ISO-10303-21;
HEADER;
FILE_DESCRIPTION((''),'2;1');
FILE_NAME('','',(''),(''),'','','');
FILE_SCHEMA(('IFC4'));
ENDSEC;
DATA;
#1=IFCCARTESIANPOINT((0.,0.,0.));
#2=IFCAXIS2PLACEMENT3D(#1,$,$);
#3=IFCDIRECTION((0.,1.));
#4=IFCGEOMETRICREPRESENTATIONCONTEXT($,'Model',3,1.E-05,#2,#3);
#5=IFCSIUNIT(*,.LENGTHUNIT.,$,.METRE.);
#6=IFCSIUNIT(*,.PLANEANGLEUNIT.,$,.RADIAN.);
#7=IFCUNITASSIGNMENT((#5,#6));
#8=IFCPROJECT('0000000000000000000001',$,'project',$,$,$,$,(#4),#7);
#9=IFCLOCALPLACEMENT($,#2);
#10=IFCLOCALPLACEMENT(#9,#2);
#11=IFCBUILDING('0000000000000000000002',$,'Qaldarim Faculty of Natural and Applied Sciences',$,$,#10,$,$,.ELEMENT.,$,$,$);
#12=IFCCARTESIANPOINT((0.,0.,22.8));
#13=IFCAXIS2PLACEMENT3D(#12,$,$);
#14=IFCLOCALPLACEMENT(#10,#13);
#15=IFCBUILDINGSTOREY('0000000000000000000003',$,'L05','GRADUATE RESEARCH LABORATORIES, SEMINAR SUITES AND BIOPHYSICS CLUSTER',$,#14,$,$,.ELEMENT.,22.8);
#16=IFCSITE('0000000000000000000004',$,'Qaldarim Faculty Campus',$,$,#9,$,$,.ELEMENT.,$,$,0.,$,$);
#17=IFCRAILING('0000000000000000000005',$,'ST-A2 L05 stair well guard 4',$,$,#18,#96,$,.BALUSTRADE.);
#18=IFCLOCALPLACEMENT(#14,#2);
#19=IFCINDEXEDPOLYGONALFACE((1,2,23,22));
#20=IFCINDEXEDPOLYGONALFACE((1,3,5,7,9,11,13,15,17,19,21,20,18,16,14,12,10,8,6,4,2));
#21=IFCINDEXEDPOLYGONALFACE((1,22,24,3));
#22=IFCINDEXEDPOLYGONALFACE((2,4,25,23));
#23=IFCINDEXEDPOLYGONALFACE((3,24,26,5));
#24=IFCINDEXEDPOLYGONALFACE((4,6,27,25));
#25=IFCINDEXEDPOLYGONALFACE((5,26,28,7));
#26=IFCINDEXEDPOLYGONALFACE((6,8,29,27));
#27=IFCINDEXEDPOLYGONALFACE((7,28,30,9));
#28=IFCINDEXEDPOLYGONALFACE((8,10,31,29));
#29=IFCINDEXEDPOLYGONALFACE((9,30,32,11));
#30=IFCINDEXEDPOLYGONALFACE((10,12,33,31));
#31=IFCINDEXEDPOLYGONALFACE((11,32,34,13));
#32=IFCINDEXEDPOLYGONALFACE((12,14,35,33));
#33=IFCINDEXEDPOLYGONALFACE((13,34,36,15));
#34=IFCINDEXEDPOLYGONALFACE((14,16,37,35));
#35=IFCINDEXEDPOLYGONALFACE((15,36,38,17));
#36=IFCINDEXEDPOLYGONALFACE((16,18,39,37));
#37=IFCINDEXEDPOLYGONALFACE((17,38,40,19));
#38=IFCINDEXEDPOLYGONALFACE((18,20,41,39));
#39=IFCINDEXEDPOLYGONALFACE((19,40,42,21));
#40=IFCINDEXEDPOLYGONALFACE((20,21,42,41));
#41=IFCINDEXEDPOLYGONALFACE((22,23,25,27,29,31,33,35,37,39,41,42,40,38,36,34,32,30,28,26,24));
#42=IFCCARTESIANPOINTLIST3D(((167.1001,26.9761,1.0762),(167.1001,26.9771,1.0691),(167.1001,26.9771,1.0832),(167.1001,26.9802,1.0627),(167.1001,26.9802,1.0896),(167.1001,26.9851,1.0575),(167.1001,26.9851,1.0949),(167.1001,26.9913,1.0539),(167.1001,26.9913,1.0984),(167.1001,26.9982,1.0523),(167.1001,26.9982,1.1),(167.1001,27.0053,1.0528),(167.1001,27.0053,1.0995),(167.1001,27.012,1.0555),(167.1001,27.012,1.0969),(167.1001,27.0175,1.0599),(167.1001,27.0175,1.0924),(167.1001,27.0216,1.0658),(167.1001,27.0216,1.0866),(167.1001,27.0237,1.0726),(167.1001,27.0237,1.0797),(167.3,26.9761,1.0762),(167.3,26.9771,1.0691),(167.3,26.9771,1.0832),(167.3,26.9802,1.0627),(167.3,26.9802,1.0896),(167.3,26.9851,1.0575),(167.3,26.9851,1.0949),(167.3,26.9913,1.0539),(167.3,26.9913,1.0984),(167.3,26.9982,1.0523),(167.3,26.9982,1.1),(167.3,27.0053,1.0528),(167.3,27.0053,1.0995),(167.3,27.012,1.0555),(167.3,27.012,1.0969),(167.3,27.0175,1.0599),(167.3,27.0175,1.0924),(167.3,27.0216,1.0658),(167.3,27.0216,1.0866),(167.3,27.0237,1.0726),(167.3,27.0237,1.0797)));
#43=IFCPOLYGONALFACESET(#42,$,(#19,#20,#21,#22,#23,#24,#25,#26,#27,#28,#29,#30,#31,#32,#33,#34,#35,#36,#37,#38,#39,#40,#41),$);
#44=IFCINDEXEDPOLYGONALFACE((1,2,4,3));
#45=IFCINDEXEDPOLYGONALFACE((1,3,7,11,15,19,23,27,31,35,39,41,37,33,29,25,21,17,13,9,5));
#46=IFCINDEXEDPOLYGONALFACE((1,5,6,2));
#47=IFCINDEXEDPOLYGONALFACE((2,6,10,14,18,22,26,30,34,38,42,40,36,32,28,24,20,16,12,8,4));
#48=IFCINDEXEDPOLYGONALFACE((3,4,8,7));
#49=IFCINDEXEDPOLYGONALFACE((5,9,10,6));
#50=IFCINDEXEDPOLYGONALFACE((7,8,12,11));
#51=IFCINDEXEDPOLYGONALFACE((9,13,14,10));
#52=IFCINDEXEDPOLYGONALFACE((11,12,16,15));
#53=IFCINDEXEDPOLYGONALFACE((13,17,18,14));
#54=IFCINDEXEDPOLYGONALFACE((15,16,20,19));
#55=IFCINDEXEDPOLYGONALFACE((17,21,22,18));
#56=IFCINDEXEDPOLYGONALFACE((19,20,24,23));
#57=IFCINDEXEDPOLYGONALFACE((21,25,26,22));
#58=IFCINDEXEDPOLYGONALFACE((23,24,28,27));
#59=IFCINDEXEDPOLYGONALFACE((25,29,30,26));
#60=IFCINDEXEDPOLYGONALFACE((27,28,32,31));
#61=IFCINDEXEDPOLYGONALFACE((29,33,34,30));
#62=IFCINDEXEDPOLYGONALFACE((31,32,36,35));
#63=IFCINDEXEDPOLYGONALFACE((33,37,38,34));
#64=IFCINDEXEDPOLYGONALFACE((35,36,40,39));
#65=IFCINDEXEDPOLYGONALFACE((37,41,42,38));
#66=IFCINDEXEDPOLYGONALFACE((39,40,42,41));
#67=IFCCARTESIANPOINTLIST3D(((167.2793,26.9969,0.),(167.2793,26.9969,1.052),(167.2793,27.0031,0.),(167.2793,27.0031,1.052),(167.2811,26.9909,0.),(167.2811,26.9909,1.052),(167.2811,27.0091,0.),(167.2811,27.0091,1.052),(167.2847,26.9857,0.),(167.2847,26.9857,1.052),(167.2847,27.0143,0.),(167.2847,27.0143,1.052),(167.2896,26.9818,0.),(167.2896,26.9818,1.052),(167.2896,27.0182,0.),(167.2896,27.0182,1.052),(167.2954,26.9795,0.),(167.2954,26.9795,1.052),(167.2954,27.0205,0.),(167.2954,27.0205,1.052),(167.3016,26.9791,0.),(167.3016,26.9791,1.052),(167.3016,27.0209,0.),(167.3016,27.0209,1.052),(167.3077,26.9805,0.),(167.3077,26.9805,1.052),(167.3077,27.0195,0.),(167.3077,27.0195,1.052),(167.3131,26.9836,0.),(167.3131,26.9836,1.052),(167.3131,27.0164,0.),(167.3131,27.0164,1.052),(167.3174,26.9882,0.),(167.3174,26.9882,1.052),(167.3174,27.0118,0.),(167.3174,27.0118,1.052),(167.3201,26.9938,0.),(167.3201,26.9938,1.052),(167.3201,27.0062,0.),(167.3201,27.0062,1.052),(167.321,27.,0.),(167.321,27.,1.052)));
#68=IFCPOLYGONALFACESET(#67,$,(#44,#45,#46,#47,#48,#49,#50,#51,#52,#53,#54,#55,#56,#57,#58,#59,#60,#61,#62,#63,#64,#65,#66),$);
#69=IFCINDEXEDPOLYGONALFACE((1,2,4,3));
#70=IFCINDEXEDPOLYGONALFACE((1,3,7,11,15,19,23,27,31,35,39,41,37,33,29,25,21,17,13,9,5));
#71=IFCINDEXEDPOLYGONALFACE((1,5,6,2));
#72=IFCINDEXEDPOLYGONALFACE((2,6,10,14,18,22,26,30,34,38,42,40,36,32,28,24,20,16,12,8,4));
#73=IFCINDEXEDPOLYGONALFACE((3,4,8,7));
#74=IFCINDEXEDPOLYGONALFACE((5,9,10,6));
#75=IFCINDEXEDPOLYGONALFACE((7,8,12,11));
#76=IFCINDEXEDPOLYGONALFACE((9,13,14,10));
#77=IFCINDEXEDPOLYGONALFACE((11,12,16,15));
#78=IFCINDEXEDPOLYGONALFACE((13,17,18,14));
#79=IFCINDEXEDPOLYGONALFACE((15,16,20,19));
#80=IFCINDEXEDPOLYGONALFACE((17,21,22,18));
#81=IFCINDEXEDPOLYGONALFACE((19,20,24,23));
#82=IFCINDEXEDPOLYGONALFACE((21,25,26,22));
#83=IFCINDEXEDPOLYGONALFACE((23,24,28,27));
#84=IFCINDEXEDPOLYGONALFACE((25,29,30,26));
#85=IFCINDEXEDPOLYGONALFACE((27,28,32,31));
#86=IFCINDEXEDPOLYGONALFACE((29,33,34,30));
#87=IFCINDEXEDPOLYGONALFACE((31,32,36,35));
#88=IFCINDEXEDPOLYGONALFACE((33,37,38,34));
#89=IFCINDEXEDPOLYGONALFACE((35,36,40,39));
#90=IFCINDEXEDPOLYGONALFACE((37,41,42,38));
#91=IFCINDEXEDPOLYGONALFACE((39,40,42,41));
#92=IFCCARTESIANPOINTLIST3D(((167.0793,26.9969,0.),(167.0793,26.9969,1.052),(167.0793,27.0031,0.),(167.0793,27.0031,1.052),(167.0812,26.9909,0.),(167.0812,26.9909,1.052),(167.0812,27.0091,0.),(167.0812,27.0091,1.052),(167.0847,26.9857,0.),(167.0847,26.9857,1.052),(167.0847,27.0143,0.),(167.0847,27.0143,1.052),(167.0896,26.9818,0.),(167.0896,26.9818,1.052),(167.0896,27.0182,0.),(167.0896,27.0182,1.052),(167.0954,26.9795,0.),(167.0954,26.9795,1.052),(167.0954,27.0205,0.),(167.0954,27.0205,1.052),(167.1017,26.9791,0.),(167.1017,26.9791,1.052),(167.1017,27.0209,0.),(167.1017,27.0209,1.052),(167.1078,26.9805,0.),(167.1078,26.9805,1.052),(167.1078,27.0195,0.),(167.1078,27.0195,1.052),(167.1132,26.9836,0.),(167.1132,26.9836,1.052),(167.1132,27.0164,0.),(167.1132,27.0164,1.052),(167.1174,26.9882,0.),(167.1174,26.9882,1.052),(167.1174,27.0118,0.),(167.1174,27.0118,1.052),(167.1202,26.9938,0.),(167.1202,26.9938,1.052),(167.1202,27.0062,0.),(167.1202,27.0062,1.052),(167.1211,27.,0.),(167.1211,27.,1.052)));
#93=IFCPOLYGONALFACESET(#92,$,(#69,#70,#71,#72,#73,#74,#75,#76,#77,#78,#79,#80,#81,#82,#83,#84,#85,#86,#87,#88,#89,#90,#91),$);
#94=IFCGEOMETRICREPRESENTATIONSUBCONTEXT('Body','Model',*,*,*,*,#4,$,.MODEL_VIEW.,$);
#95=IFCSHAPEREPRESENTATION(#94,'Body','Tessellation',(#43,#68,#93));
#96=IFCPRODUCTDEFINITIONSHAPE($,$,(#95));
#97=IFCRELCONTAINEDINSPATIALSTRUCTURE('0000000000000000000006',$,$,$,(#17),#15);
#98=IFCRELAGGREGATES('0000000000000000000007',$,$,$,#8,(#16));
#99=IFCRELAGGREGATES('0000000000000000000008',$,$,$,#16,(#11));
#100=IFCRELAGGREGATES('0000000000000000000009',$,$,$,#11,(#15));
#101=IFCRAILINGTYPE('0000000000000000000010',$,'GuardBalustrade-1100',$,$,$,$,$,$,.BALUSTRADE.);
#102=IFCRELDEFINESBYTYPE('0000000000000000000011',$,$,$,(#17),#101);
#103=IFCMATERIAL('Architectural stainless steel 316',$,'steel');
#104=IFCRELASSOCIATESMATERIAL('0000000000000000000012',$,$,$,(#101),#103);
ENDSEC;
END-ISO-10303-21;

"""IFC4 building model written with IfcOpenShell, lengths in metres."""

from ifc_helpers import new_model, si_unit, direction, frame, origin, origin_2d, place, context, subcontext, project, spatial, circle, extrude, material, type_object, element, save


model = new_model("IFC4")

# Units and contexts
model_context = context("Model", 3, precision=1e-05, world=origin(), true_north=direction((0.0, 1.0)))
body_context = subcontext(model_context, "Body", "Model", "MODEL_VIEW")
ifc_project = project(units=[si_unit("LENGTHUNIT", "METRE"), si_unit("PLANEANGLEUNIT", "RADIAN")], contexts=[model_context])

# Site, building, storey
site_placement = place(None, origin())
site = spatial("IfcSite", under=ifc_project, at=site_placement, Name="Qaldarim Faculty Campus", CompositionType="ELEMENT", RefElevation=0.0)
building_placement = place(site_placement, origin())
building = spatial("IfcBuilding", under=site, at=building_placement, Name="Qaldarim Faculty of Natural and Applied Sciences", CompositionType="ELEMENT")
storey_placement = place(building_placement, frame((0.0, 0.0, 22.8)))
storey = spatial("IfcBuildingStorey", under=building, at=storey_placement, Name="L05", Description="GRADUATE RESEARCH LABORATORIES, SEMINAR SUITES AND BIOPHYSICS CLUSTER", CompositionType="ELEMENT", Elevation=22.8)

# Shared definitions
ifc_material_1 = material(Name="Architectural stainless steel 316", Category="steel")

# Railing
railing_type_1 = type_object("IfcRailingType", Name="GuardBalustrade-1100", PredefinedType="BALUSTRADE", material=ifc_material_1)
railing_1_placement = place(storey_placement, frame((167.3, 27.0, 0.0)))
element("IfcRailing", 1, at=railing_1_placement, inside=storey, type_object=railing_type_1, Name="ST-A2 L05 stair well guard 4", PredefinedType="BALUSTRADE", context=body_context, shape_type="SweptSolid", body=[
    extrude(circle(Radius=0.0239, at=origin_2d()), frame((0.0, 0.0, 1.0762), z_axis=(-1.0, 0.0, 0.0), x_axis=(0.0, -1.0, 0.0)), (0.0, 0.0, 1.0), 0.2),
    extrude(circle(Radius=0.021, at=origin_2d()), origin(), (0.0, 0.0, 1.0), 1.052),
    extrude(circle(Radius=0.021, at=origin_2d()), frame((-0.2, 0.0, 0.0)), (0.0, 0.0, 1.0), 1.052),
])

save(model, "model.ifc")
